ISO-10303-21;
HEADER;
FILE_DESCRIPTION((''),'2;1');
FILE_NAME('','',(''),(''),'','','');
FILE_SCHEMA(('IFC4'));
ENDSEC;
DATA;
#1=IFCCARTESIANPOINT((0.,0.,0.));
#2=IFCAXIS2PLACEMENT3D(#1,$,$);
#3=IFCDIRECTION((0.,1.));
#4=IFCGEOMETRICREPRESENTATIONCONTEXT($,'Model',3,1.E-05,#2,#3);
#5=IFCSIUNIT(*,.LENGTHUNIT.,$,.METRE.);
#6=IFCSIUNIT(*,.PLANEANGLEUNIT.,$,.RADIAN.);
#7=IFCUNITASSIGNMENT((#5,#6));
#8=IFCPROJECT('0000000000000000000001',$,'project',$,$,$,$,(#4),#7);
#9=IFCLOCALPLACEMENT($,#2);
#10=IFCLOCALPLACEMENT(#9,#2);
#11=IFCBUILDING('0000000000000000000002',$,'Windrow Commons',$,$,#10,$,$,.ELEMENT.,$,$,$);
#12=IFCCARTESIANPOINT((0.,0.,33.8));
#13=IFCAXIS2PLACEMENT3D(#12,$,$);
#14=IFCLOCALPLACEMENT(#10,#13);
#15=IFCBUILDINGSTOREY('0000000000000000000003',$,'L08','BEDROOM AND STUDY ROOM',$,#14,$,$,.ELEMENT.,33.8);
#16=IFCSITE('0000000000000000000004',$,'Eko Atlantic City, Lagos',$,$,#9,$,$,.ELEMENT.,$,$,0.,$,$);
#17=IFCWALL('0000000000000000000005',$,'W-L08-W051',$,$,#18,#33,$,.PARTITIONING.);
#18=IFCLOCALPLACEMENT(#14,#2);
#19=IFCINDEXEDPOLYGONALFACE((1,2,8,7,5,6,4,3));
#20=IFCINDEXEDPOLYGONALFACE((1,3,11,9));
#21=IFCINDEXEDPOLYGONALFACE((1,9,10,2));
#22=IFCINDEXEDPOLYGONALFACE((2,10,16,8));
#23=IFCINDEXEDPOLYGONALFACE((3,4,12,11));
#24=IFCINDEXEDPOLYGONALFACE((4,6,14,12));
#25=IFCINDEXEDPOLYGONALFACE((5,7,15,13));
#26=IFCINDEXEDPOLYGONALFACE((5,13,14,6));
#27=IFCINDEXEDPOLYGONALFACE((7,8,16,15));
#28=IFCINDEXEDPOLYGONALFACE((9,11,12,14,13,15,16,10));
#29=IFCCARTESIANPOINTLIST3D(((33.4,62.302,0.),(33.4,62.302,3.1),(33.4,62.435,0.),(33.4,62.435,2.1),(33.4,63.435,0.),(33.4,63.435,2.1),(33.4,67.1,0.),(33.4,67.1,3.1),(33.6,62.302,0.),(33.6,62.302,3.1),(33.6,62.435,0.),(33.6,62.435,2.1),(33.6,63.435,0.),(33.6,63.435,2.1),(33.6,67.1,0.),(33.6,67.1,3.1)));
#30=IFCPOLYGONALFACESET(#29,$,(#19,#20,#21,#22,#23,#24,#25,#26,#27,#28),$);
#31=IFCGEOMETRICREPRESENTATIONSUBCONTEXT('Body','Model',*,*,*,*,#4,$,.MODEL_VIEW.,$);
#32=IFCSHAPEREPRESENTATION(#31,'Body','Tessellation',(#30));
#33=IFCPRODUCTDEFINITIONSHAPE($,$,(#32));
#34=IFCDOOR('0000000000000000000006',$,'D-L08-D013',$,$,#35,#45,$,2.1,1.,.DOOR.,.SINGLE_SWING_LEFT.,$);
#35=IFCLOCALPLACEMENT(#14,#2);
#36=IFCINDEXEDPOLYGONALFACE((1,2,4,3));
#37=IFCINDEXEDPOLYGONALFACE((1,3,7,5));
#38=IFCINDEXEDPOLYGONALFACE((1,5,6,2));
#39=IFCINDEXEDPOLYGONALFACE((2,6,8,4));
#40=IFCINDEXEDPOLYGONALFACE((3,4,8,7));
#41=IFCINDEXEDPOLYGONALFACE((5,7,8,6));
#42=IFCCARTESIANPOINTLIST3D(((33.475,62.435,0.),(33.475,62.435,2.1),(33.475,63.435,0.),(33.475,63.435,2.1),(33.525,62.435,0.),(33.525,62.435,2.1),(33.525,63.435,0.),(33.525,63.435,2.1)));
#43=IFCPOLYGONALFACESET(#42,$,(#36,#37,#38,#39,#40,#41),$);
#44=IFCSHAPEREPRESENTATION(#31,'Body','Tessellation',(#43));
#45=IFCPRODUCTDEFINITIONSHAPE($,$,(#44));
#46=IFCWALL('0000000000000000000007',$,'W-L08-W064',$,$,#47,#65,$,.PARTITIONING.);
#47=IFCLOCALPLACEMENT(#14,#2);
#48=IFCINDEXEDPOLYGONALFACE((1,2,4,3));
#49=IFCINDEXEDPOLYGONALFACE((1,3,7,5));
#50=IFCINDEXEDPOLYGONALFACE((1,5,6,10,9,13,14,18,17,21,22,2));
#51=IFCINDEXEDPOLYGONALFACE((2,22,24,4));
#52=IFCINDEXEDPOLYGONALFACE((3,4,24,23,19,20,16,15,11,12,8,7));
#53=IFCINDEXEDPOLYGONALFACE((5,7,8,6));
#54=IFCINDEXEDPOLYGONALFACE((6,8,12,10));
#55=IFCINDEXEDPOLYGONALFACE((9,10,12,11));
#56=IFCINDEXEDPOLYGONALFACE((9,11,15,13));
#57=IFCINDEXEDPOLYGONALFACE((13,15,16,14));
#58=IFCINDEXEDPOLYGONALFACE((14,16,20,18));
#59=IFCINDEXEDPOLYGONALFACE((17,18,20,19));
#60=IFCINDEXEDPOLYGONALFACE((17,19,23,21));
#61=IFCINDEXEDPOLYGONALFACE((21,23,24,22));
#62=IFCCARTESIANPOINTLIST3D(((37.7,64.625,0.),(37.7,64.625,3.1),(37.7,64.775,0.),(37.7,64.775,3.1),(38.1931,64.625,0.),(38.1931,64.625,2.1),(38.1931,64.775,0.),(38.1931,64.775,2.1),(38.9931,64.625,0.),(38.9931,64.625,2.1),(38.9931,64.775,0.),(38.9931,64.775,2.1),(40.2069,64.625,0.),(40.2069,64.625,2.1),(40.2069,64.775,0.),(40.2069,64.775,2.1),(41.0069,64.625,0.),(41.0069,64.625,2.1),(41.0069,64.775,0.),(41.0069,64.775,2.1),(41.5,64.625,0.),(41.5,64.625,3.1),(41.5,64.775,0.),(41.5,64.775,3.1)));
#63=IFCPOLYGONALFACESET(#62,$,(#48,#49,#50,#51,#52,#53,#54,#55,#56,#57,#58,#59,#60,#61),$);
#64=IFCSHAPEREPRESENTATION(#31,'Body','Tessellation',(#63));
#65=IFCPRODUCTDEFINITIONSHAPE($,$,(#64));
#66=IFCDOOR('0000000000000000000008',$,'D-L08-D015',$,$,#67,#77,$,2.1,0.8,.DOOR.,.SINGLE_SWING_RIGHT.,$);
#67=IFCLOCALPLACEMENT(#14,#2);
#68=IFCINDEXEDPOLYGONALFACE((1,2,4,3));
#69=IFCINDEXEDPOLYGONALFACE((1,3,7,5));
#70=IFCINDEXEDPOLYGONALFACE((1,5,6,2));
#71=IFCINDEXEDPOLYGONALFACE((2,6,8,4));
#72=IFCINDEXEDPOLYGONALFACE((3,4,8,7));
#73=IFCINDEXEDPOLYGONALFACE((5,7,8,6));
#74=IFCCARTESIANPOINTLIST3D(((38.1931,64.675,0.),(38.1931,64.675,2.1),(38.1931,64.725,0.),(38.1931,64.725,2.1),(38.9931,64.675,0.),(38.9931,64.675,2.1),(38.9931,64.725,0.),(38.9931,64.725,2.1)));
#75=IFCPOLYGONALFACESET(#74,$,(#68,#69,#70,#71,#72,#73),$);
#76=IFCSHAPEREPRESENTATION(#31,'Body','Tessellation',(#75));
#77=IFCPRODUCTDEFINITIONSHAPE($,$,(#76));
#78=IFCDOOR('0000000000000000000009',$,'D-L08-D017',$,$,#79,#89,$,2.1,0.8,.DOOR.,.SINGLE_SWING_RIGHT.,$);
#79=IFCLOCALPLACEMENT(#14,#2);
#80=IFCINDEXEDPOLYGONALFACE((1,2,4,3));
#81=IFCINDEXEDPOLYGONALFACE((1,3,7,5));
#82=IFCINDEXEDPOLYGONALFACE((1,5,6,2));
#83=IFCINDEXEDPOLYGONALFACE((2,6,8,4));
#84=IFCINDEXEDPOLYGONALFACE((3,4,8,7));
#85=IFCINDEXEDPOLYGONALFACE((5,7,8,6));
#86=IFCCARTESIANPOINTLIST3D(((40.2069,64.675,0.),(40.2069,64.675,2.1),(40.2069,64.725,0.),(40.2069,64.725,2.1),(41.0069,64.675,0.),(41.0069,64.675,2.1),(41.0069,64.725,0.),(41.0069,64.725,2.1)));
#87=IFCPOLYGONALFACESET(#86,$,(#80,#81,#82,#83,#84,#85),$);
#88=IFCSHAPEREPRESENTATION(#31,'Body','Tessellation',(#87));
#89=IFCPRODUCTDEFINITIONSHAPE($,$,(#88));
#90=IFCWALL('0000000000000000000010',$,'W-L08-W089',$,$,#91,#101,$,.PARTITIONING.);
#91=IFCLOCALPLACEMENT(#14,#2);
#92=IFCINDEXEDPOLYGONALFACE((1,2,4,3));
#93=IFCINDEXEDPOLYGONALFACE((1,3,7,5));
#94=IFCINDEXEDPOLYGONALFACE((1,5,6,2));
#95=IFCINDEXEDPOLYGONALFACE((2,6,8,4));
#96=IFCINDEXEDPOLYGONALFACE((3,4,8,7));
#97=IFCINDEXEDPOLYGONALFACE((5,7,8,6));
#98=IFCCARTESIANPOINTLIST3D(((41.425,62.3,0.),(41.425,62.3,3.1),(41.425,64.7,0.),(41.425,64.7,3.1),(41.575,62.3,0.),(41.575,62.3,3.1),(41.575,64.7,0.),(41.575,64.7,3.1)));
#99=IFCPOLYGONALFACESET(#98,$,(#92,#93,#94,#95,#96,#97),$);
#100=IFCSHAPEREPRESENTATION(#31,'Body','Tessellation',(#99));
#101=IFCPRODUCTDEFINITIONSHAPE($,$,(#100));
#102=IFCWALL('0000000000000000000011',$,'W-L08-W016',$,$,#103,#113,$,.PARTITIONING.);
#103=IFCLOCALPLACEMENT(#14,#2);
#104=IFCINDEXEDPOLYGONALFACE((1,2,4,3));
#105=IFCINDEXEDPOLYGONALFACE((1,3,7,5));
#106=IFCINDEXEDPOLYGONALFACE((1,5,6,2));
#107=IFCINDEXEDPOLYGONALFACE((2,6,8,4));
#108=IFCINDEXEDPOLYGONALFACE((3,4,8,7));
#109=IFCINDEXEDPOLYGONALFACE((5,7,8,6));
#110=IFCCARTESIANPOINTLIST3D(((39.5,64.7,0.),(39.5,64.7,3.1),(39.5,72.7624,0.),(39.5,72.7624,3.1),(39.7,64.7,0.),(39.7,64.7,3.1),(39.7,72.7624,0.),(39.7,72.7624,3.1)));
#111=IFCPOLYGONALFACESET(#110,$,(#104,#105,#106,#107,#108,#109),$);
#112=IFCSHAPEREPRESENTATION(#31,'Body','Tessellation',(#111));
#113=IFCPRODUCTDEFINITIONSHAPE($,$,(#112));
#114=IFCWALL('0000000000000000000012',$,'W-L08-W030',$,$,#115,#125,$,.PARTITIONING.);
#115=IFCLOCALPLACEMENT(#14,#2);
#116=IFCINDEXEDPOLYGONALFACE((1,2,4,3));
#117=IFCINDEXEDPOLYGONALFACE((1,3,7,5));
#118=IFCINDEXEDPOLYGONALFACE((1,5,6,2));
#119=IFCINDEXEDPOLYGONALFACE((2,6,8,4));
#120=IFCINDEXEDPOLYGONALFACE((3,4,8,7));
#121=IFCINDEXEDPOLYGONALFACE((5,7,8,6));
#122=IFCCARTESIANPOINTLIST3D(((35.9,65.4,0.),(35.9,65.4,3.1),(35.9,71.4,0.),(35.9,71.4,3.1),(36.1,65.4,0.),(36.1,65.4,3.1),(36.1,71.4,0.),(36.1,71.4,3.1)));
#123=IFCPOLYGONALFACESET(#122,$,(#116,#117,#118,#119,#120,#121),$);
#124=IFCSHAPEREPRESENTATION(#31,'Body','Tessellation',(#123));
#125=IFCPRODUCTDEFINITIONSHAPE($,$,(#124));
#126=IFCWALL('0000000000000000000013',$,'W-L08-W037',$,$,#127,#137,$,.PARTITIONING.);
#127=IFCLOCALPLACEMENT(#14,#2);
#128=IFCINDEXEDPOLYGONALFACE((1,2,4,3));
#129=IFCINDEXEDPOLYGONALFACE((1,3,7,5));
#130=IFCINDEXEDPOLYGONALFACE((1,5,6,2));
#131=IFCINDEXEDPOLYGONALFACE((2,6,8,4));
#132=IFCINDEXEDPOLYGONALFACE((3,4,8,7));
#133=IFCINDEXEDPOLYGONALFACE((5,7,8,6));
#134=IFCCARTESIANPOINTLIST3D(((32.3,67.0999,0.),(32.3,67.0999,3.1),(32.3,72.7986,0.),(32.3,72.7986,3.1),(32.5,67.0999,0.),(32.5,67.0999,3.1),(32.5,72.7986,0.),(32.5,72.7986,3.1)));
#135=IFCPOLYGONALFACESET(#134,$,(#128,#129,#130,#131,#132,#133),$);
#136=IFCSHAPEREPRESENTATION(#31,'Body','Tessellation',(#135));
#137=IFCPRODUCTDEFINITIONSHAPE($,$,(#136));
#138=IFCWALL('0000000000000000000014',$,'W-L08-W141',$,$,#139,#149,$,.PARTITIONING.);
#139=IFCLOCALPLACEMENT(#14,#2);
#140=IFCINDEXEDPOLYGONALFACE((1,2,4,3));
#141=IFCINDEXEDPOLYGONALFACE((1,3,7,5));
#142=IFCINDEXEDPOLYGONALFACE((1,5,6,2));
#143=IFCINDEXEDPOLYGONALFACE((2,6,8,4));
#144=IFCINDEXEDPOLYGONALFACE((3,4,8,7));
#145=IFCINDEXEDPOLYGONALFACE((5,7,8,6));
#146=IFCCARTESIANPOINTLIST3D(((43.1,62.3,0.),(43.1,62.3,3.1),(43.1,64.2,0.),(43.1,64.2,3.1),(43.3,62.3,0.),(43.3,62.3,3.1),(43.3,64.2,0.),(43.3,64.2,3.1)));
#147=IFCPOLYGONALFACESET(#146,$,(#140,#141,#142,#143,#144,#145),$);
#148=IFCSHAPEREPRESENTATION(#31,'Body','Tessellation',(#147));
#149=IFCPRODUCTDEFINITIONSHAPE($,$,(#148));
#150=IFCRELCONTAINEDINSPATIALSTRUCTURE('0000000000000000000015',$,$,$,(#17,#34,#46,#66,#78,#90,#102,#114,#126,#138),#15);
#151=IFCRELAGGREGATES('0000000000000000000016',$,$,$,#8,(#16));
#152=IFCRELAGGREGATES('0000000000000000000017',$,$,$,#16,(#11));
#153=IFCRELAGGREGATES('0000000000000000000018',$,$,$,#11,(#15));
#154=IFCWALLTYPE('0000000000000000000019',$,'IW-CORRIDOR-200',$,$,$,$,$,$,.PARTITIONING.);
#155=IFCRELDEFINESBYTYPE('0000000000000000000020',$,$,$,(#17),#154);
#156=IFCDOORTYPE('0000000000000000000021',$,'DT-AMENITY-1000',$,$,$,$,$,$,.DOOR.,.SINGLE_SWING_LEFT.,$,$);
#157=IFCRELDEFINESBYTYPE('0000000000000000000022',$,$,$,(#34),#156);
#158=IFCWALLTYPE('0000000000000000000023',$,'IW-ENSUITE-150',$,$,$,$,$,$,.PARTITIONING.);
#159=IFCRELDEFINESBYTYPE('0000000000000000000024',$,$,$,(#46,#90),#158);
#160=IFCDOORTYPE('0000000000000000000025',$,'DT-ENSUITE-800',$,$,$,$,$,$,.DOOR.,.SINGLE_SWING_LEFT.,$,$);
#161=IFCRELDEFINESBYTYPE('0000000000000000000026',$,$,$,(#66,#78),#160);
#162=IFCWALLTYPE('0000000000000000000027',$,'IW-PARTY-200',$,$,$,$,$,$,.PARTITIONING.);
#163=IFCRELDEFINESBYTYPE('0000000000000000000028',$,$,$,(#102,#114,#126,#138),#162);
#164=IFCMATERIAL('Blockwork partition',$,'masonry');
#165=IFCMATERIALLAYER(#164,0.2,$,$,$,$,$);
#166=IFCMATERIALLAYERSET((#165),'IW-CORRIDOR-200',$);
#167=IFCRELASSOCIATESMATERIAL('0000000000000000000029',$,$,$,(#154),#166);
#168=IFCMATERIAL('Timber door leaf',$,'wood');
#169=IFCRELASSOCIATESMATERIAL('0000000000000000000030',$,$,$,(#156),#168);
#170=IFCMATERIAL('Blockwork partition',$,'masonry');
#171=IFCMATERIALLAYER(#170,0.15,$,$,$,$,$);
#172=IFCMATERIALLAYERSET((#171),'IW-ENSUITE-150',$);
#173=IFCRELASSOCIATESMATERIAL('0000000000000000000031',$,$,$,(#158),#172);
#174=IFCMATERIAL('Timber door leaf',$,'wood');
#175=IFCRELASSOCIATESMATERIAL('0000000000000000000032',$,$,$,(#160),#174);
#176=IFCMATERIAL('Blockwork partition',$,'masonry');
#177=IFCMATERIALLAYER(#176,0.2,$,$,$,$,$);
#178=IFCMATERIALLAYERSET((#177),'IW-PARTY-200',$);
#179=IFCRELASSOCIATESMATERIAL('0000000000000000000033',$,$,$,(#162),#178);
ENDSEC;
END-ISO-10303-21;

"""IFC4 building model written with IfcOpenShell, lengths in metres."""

from ifc_helpers import new_model, si_unit, direction, frame, frame_2d, origin, place, context, subcontext, project, spatial, rectangle, extrude, material, layer, layer_set, type_object, element, fill, save


model = new_model("IFC4")

# Units and contexts
model_context = context("Model", 3, precision=1e-05, world=origin(), true_north=direction((0.0, 1.0)))
body_context = subcontext(model_context, "Body", "Model", "MODEL_VIEW")
ifc_project = project(units=[si_unit("LENGTHUNIT", "METRE"), si_unit("PLANEANGLEUNIT", "RADIAN")], contexts=[model_context])

# Site, building, storey
site_placement = place(None, origin())
site = spatial("IfcSite", under=ifc_project, at=site_placement, Name="Eko Atlantic City, Lagos", CompositionType="ELEMENT", RefElevation=0.0)
building_placement = place(site_placement, origin())
building = spatial("IfcBuilding", under=site, at=building_placement, Name="Windrow Commons", CompositionType="ELEMENT")
storey_placement = place(building_placement, frame((0.0, 0.0, 33.8)))
storey = spatial("IfcBuildingStorey", under=building, at=storey_placement, Name="L08", Description="BEDROOM AND STUDY ROOM", CompositionType="ELEMENT", Elevation=33.8)

# Wall, opening, door
ifc_material_1 = material(Name="Blockwork partition", Category="masonry")
ifc_layer_1 = layer(ifc_material_1, 0.2)
ifc_layer_set_1 = layer_set([ifc_layer_1], Name="IW-CORRIDOR-200")
wall_type_1 = type_object("IfcWallType", Name="IW-CORRIDOR-200", PredefinedType="PARTITIONING", material=ifc_layer_set_1)
wall_1_placement = place(storey_placement, frame((33.5, 62.302, 0.0), z_axis=(0.0, 0.0, 1.0), x_axis=(0.0, 1.0, 0.0)))
wall_1 = element("IfcWall", 1, at=wall_1_placement, inside=storey, type_object=wall_type_1, Name="W-L08-W051", PredefinedType="PARTITIONING", context=body_context, shape_type="SweptSolid", body=[
    extrude(rectangle(XDim=4.798, YDim=0.2, at=frame_2d((2.399, 0.0))), origin(), (0.0, 0.0, 1.0), 3.1),
])
opening_1_placement = place(wall_1_placement, frame((0.133, 0.0, 0.0)))
opening_1 = element("IfcOpeningElement", 2, at=opening_1_placement, cuts=wall_1, PredefinedType="OPENING", context=body_context, shape_type="SweptSolid", body=[
    extrude(rectangle(XDim=1.0, YDim=2.1, at=frame_2d((0.5, 1.05))), frame((0.0, 0.11, 0.0), z_axis=(0.0, -1.0, 0.0), x_axis=(1.0, 0.0, 0.0)), (0.0, 0.0, 1.0), 0.22),
])
ifc_material_2 = material(Name="Timber door leaf", Category="wood")
door_type_1 = type_object("IfcDoorType", Name="DT-AMENITY-1000", OperationType="SINGLE_SWING_LEFT", PredefinedType="DOOR", material=ifc_material_2)
door_1_placement = place(opening_1_placement, origin())
door_1 = element("IfcDoor", 3, at=door_1_placement, inside=storey, type_object=door_type_1, Name="D-L08-D013", OperationType="SINGLE_SWING_LEFT", OverallHeight=2.1, OverallWidth=1.0, PredefinedType="DOOR", context=body_context, shape_type="SweptSolid", body=[
    extrude(rectangle(XDim=1.0, YDim=2.1, at=frame_2d((0.5, 1.05))), frame((0.0, 0.025, 0.0), z_axis=(0.0, -1.0, 0.0), x_axis=(1.0, 0.0, 0.0)), (0.0, 0.0, 1.0), 0.05),
])
fill(opening_1, door_1)

# Wall, openings, doors
ifc_material_3 = material(Name="Blockwork partition", Category="masonry")
ifc_layer_2 = layer(ifc_material_3, 0.15)
ifc_layer_set_2 = layer_set([ifc_layer_2], Name="IW-ENSUITE-150")
wall_type_2 = type_object("IfcWallType", Name="IW-ENSUITE-150", PredefinedType="PARTITIONING", material=ifc_layer_set_2)
wall_2_placement = place(storey_placement, frame((37.7, 64.7, 0.0), z_axis=(0.0, 0.0, 1.0), x_axis=(1.0, 0.0, 0.0)))
wall_2 = element("IfcWall", 4, at=wall_2_placement, inside=storey, type_object=wall_type_2, Name="W-L08-W064", PredefinedType="PARTITIONING", context=body_context, shape_type="SweptSolid", body=[
    extrude(rectangle(XDim=3.8, YDim=0.15, at=frame_2d((1.9, 0.0))), origin(), (0.0, 0.0, 1.0), 3.1),
])
opening_2_placement = place(wall_2_placement, frame((0.4931, 0.0, 0.0)))
opening_2 = element("IfcOpeningElement", 5, at=opening_2_placement, cuts=wall_2, PredefinedType="OPENING", context=body_context, shape_type="SweptSolid", body=[
    extrude(rectangle(XDim=0.8, YDim=2.1, at=frame_2d((0.4, 1.05))), frame((0.0, 0.085, 0.0), z_axis=(0.0, -1.0, 0.0), x_axis=(1.0, 0.0, 0.0)), (0.0, 0.0, 1.0), 0.17),
])
opening_3_placement = place(wall_2_placement, frame((2.5069, 0.0, 0.0)))
opening_3 = element("IfcOpeningElement", 6, at=opening_3_placement, cuts=wall_2, PredefinedType="OPENING", context=body_context, shape_type="SweptSolid", body=[
    extrude(rectangle(XDim=0.8, YDim=2.1, at=frame_2d((0.4, 1.05))), frame((0.0, 0.085, 0.0), z_axis=(0.0, -1.0, 0.0), x_axis=(1.0, 0.0, 0.0)), (0.0, 0.0, 1.0), 0.17),
])
ifc_material_4 = material(Name="Timber door leaf", Category="wood")
door_type_2 = type_object("IfcDoorType", Name="DT-ENSUITE-800", OperationType="SINGLE_SWING_LEFT", PredefinedType="DOOR", material=ifc_material_4)
door_2_placement = place(opening_2_placement, origin())
door_2 = element("IfcDoor", 7, at=door_2_placement, inside=storey, type_object=door_type_2, Name="D-L08-D015", OperationType="SINGLE_SWING_RIGHT", OverallHeight=2.1, OverallWidth=0.8, PredefinedType="DOOR", context=body_context, shape_type="SweptSolid", body=[
    extrude(rectangle(XDim=0.8, YDim=2.1, at=frame_2d((0.4, 1.05))), frame((0.0, 0.025, 0.0), z_axis=(0.0, -1.0, 0.0), x_axis=(1.0, 0.0, 0.0)), (0.0, 0.0, 1.0), 0.05),
])
fill(opening_2, door_2)
door_3_placement = place(opening_3_placement, origin())
door_3 = element("IfcDoor", 8, at=door_3_placement, inside=storey, type_object=door_type_2, Name="D-L08-D017", OperationType="SINGLE_SWING_RIGHT", OverallHeight=2.1, OverallWidth=0.8, PredefinedType="DOOR", context=body_context, shape_type="SweptSolid", body=[
    extrude(rectangle(XDim=0.8, YDim=2.1, at=frame_2d((0.4, 1.05))), frame((0.0, 0.025, 0.0), z_axis=(0.0, -1.0, 0.0), x_axis=(1.0, 0.0, 0.0)), (0.0, 0.0, 1.0), 0.05),
])
fill(opening_3, door_3)

# Walls
wall_3_placement = place(storey_placement, frame((41.5, 62.3, 0.0), z_axis=(0.0, 0.0, 1.0), x_axis=(0.0, 1.0, 0.0)))
element("IfcWall", 9, at=wall_3_placement, inside=storey, type_object=wall_type_2, Name="W-L08-W089", PredefinedType="PARTITIONING", context=body_context, shape_type="SweptSolid", body=[
    extrude(rectangle(XDim=2.4, YDim=0.15, at=frame_2d((1.2, 0.0))), origin(), (0.0, 0.0, 1.0), 3.1),
])
ifc_material_5 = material(Name="Blockwork partition", Category="masonry")
ifc_layer_3 = layer(ifc_material_5, 0.2)
ifc_layer_set_3 = layer_set([ifc_layer_3], Name="IW-PARTY-200")
wall_type_3 = type_object("IfcWallType", Name="IW-PARTY-200", PredefinedType="PARTITIONING", material=ifc_layer_set_3)
wall_4_placement = place(storey_placement, frame((39.6, 64.7, 0.0), z_axis=(0.0, 0.0, 1.0), x_axis=(0.0, 1.0, 0.0)))
element("IfcWall", 10, at=wall_4_placement, inside=storey, type_object=wall_type_3, Name="W-L08-W016", PredefinedType="PARTITIONING", context=body_context, shape_type="SweptSolid", body=[
    extrude(rectangle(XDim=8.0623, YDim=0.2, at=frame_2d((4.0312, 0.0))), origin(), (0.0, 0.0, 1.0), 3.1),
])
wall_5_placement = place(storey_placement, frame((36.0, 65.4, 0.0), z_axis=(0.0, 0.0, 1.0), x_axis=(0.0, 1.0, 0.0)))
element("IfcWall", 11, at=wall_5_placement, inside=storey, type_object=wall_type_3, Name="W-L08-W030", PredefinedType="PARTITIONING", context=body_context, shape_type="SweptSolid", body=[
    extrude(rectangle(XDim=6.0, YDim=0.2, at=frame_2d((3.0, 0.0))), origin(), (0.0, 0.0, 1.0), 3.1),
])
wall_6_placement = place(storey_placement, frame((32.4, 67.1, 0.0), z_axis=(0.0, 0.0, 1.0), x_axis=(0.0, 1.0, 0.0)))
element("IfcWall", 12, at=wall_6_placement, inside=storey, type_object=wall_type_3, Name="W-L08-W037", PredefinedType="PARTITIONING", context=body_context, shape_type="SweptSolid", body=[
    extrude(rectangle(XDim=5.6987, YDim=0.2, at=frame_2d((2.8493, 0.0))), origin(), (0.0, 0.0, 1.0), 3.1),
])
wall_7_placement = place(storey_placement, frame((43.2, 62.3, 0.0), z_axis=(0.0, 0.0, 1.0), x_axis=(0.0, 1.0, 0.0)))
element("IfcWall", 13, at=wall_7_placement, inside=storey, type_object=wall_type_3, Name="W-L08-W141", PredefinedType="PARTITIONING", context=body_context, shape_type="SweptSolid", body=[
    extrude(rectangle(XDim=1.9, YDim=0.2, at=frame_2d((0.95, 0.0))), origin(), (0.0, 0.0, 1.0), 3.1),
])

save(model, "model.ifc")
